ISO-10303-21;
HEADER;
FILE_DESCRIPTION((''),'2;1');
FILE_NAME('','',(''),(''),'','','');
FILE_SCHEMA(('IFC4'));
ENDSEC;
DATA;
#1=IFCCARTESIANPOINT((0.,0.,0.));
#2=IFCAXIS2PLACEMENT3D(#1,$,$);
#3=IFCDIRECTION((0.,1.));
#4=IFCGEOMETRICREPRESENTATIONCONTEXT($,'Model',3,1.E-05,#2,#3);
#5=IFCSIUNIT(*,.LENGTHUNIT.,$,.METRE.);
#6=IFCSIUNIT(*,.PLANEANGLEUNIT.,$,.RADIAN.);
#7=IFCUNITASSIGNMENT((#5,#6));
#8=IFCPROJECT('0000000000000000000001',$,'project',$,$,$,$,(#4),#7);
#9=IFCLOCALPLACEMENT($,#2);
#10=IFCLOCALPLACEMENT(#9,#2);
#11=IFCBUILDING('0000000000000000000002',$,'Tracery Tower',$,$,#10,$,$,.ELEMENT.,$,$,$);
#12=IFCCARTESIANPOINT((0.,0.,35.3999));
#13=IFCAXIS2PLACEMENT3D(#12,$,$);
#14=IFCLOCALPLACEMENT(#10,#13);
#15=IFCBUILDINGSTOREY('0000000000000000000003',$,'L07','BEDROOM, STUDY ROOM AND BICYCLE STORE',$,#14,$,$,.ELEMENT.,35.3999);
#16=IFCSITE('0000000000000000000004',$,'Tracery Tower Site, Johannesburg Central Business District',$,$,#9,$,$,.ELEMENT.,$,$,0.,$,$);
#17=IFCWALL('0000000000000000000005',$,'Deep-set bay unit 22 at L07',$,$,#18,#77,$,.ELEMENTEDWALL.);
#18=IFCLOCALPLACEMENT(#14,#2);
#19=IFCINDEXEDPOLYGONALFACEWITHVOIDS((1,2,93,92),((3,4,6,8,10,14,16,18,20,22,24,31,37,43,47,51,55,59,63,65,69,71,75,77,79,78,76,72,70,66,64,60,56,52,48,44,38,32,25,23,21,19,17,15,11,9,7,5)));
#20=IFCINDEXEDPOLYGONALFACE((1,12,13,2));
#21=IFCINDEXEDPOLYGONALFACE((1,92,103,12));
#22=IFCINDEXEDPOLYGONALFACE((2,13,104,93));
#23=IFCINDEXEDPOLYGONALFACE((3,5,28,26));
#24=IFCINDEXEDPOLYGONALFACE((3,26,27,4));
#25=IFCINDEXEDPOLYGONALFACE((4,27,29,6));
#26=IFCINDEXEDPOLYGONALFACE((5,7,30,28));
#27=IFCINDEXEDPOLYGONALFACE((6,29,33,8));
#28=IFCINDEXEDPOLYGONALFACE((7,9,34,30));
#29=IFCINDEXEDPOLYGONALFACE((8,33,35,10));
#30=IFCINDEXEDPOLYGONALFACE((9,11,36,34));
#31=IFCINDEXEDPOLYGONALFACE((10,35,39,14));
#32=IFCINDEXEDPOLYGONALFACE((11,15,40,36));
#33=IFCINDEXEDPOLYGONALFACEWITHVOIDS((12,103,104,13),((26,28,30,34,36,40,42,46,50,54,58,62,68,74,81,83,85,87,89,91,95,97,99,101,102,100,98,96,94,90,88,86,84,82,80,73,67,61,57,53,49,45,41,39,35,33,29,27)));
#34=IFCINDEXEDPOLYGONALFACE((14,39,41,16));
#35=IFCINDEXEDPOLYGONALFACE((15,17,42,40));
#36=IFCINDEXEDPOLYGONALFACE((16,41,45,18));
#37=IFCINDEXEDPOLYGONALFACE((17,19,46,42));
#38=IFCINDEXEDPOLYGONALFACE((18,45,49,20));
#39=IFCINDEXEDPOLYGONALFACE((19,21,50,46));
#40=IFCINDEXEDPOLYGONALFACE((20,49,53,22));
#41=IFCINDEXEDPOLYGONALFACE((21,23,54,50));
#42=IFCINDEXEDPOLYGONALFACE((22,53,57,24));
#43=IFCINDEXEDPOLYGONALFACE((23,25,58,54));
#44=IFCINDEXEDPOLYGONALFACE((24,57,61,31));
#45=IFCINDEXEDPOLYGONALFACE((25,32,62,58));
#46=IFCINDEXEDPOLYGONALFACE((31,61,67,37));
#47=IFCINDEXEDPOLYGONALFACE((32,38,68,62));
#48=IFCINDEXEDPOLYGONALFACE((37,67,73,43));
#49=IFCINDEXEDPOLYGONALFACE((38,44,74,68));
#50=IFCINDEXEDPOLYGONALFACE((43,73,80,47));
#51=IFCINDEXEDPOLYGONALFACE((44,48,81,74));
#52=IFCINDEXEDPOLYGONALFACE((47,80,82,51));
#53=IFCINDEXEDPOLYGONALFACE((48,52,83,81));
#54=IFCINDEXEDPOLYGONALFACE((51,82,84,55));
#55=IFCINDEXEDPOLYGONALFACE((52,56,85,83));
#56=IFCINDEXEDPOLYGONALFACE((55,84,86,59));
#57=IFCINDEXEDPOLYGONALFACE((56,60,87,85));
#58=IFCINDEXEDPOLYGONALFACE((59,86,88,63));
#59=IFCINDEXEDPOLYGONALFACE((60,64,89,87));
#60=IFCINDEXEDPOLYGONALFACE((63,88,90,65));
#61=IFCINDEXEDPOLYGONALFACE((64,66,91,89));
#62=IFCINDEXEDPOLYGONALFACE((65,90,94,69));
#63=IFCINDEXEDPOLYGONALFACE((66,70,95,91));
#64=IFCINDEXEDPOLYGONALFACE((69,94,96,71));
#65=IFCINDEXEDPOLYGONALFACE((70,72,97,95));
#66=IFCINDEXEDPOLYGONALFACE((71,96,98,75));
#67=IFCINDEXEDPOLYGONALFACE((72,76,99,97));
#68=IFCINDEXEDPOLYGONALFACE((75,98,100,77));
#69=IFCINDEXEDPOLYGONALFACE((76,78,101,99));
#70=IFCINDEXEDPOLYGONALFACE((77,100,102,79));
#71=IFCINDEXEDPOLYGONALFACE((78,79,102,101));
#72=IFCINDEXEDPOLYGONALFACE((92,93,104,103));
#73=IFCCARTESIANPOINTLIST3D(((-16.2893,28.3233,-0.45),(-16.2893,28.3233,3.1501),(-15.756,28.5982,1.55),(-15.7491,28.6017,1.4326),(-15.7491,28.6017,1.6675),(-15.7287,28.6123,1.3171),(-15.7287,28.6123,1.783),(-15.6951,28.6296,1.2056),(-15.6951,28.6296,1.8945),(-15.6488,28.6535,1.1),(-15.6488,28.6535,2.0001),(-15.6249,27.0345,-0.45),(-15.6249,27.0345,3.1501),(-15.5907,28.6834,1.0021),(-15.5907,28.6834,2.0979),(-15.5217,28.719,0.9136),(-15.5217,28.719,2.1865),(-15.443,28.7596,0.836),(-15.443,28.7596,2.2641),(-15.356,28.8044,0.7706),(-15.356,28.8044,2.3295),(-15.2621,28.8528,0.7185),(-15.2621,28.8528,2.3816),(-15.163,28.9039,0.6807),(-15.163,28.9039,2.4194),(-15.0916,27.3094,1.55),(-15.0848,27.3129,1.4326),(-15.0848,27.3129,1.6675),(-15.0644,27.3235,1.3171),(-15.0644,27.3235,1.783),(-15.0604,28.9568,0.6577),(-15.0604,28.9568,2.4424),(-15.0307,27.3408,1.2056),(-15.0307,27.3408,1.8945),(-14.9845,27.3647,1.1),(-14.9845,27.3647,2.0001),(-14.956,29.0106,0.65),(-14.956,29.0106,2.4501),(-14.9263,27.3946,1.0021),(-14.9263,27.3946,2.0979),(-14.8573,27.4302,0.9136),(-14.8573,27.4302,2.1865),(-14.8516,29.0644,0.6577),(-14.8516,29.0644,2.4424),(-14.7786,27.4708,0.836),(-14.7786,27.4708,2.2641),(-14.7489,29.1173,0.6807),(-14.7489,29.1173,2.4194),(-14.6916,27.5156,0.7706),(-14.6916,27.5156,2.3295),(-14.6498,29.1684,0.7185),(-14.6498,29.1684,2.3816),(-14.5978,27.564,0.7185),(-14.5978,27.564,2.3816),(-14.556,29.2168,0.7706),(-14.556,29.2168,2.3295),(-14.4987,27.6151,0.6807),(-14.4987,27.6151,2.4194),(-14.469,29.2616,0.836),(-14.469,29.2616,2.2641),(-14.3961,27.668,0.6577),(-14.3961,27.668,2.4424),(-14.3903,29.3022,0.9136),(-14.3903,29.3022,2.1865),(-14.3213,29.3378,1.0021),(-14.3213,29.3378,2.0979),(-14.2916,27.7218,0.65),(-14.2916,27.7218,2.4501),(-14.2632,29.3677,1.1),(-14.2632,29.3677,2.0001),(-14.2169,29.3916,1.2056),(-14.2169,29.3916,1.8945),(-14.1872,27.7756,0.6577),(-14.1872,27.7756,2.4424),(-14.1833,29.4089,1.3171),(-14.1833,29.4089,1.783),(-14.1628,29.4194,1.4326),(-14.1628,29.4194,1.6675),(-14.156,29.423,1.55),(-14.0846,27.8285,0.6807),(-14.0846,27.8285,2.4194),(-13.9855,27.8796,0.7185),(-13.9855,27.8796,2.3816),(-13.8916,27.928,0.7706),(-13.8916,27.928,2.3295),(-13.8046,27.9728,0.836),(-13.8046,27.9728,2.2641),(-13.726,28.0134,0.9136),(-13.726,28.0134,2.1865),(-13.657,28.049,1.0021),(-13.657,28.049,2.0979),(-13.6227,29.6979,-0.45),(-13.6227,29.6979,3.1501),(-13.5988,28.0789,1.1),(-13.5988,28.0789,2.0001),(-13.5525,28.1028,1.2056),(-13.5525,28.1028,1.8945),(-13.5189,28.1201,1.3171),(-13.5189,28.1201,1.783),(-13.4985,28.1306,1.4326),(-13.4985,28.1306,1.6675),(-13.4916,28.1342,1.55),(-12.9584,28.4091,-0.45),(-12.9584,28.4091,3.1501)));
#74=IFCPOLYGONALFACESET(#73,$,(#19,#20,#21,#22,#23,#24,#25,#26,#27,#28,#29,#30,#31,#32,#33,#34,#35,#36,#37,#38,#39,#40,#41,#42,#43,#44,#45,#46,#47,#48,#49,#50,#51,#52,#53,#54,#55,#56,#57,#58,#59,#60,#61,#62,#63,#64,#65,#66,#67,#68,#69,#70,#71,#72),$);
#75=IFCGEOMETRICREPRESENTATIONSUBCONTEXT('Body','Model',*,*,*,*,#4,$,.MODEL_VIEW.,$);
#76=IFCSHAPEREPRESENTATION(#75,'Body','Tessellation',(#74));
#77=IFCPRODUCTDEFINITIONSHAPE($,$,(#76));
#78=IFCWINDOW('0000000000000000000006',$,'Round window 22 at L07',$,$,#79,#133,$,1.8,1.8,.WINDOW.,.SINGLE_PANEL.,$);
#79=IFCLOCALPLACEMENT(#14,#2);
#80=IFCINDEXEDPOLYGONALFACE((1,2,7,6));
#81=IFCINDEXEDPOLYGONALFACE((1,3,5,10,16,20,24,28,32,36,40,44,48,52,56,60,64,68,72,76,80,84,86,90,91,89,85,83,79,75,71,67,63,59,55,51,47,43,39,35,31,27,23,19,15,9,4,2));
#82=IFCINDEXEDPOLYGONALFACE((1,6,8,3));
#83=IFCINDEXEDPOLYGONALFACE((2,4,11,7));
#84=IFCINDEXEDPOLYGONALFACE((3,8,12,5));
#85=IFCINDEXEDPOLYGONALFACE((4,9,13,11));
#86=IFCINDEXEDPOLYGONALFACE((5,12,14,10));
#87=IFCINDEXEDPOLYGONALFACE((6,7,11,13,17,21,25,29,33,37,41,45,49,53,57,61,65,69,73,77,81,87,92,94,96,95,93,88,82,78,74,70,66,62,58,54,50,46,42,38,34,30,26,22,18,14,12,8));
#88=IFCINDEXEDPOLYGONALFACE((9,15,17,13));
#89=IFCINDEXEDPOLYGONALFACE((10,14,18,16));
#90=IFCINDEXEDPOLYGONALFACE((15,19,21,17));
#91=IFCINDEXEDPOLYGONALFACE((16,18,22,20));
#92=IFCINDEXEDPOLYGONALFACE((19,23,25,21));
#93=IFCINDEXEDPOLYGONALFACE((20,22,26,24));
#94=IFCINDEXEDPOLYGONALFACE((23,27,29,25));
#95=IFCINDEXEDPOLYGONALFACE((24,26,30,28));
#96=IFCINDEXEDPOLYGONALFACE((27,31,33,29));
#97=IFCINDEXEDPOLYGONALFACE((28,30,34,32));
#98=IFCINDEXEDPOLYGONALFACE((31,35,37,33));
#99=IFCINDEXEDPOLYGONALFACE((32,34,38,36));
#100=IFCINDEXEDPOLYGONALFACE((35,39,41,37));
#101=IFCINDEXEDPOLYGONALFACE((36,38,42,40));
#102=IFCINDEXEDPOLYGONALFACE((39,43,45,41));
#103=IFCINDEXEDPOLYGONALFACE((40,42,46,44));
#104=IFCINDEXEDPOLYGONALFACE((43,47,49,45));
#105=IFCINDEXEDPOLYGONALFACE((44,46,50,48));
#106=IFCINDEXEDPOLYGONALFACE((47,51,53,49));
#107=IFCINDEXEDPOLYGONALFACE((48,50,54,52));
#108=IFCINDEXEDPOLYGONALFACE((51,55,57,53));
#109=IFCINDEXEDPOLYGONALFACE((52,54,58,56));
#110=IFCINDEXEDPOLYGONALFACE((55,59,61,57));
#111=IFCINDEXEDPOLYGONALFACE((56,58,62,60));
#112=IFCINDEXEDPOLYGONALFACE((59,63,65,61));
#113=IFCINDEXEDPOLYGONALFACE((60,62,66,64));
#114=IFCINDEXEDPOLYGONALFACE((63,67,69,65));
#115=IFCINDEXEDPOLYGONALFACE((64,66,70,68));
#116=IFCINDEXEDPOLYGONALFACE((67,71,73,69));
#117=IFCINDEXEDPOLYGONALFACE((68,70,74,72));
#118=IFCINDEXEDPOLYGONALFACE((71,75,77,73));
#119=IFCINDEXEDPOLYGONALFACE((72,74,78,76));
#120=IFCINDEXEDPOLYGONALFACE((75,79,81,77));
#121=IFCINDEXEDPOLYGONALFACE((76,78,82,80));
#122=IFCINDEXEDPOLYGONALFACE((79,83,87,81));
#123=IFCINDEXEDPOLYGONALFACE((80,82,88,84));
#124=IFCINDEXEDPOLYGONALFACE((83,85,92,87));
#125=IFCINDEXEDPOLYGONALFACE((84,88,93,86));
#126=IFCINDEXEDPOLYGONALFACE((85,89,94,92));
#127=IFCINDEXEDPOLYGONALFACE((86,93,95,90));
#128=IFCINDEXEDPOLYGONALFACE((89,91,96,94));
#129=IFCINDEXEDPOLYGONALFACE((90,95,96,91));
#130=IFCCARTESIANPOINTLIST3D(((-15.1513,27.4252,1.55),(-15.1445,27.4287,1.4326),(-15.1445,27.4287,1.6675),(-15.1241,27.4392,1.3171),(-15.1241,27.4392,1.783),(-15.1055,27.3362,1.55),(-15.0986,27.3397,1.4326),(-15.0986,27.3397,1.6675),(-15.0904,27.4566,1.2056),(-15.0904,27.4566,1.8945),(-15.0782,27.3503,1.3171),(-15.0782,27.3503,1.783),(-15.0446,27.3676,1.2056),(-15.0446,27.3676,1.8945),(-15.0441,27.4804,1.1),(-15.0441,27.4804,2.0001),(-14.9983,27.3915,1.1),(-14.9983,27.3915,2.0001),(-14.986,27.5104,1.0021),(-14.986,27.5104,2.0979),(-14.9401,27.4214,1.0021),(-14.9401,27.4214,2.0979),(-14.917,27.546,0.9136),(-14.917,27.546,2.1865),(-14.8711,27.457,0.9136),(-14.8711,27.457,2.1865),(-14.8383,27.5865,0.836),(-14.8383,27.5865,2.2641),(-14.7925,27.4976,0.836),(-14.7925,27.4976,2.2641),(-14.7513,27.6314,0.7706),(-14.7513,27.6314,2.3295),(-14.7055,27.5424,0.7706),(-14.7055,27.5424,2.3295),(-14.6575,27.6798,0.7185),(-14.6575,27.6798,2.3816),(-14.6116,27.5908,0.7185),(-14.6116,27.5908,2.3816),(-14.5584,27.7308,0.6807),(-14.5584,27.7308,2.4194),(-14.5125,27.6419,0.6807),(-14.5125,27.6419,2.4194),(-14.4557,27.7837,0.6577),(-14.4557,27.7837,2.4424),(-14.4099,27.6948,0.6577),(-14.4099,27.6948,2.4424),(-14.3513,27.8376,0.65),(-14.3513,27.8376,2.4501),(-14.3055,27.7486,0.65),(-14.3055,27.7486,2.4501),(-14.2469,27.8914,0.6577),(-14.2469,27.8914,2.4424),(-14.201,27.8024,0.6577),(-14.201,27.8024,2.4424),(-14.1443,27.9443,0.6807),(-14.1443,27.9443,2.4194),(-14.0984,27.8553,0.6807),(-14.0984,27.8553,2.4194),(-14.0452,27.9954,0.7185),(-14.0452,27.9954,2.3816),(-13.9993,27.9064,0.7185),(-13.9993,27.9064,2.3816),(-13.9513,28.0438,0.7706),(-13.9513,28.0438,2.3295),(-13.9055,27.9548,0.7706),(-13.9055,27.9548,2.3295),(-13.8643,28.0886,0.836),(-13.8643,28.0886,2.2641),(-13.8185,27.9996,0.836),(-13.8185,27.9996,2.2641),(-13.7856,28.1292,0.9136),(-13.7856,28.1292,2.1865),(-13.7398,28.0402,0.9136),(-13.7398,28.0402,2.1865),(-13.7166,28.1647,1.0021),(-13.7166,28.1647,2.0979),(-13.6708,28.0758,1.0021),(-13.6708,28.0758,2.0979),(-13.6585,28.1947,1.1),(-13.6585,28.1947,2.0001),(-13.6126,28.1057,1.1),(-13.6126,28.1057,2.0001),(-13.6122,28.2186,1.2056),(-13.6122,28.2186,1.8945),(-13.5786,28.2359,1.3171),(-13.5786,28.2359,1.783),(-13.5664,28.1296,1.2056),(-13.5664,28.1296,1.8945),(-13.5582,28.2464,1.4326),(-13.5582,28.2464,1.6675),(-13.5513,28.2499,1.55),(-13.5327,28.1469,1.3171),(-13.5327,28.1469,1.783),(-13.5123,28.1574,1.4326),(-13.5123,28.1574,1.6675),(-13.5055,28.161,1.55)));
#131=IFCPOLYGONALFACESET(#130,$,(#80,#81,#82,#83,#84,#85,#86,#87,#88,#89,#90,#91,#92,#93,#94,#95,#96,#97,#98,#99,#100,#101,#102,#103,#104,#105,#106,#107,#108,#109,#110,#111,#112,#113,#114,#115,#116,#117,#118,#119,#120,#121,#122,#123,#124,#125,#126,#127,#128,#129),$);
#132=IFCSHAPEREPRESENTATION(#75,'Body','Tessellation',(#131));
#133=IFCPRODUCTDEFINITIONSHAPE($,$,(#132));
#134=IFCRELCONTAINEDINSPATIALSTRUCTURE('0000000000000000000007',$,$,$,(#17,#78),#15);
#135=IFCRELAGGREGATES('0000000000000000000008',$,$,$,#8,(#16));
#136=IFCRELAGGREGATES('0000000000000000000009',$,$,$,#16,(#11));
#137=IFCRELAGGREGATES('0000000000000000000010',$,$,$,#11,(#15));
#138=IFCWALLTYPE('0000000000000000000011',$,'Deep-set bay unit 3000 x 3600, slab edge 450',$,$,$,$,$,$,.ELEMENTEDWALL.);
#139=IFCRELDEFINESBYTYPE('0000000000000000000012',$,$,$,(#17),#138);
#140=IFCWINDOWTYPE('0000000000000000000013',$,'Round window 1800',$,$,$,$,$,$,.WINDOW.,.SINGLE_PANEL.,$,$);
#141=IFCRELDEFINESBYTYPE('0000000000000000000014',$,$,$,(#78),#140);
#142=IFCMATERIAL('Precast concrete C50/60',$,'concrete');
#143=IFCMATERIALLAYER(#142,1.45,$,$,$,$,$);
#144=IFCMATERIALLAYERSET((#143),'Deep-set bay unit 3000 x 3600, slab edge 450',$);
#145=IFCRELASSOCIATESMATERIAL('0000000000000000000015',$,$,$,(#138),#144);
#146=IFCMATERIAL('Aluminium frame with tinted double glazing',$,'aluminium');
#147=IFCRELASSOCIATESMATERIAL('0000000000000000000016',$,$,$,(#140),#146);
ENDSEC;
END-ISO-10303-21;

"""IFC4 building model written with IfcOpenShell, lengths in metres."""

from ifc_helpers import new_model, si_unit, direction, frame, frame_2d, origin, origin_2d, place, context, subcontext, project, spatial, rectangle, circle, extrude, material, layer, layer_set, type_object, element, fill, save


model = new_model("IFC4")

# Units and contexts
model_context = context("Model", 3, precision=1e-05, world=origin(), true_north=direction((0.0, 1.0)))
body_context = subcontext(model_context, "Body", "Model", "MODEL_VIEW")
ifc_project = project(units=[si_unit("LENGTHUNIT", "METRE"), si_unit("PLANEANGLEUNIT", "RADIAN")], contexts=[model_context])

# Site, building, storey
site_placement = place(None, origin())
site = spatial("IfcSite", under=ifc_project, at=site_placement, Name="Tracery Tower Site, Johannesburg Central Business District", CompositionType="ELEMENT", RefElevation=0.0)
building_placement = place(site_placement, origin())
building = spatial("IfcBuilding", under=site, at=building_placement, Name="Tracery Tower", CompositionType="ELEMENT")
storey_placement = place(building_placement, frame((0.0, 0.0, 35.3999)))
storey = spatial("IfcBuildingStorey", under=building, at=storey_placement, Name="L07", Description="BEDROOM, STUDY ROOM AND BICYCLE STORE", CompositionType="ELEMENT", Elevation=35.3999)

# Wall, opening, window
ifc_material_1 = material(Name="Precast concrete C50/60", Category="concrete")
ifc_layer_1 = layer(ifc_material_1, 1.45)
ifc_layer_set_1 = layer_set([ifc_layer_1], Name="Deep-set bay unit 3000 x 3600, slab edge 450")
wall_type_1 = type_object("IfcWallType", Name="Deep-set bay unit 3000 x 3600, slab edge 450", PredefinedType="ELEMENTEDWALL", material=ifc_layer_set_1)
ifc_material_2 = material(Name="Aluminium frame with tinted double glazing", Category="aluminium")
window_type = type_object("IfcWindowType", Name="Round window 1800", PartitioningType="SINGLE_PANEL", PredefinedType="WINDOW", material=ifc_material_2)
wall_1_placement = place(storey_placement, frame((-13.2905, 29.0535, -0.45), z_axis=(0.0, 0.0, 1.0), x_axis=(-0.888858, -0.458183, 0.0)))
wall_1 = element("IfcWall", 1, at=wall_1_placement, inside=storey, type_object=wall_type_1, Name="Deep-set bay unit 22 at L07", PredefinedType="ELEMENTEDWALL", context=body_context, shape_type="SweptSolid", body=[
    extrude(rectangle(XDim=3.0, YDim=1.45, at=frame_2d((1.5, 0.0))), origin(), (0.0, 0.0, 1.0), 3.6001),
])
opening_1_placement = place(wall_1_placement, frame((1.5, 0.0, 2.0)))
opening_1 = element("IfcOpeningElement", 2, at=opening_1_placement, cuts=wall_1, PredefinedType="OPENING", context=body_context, shape_type="SweptSolid", body=[
    extrude(circle(Radius=0.9, at=origin_2d()), frame((0.0, 0.7349, 0.0), z_axis=(0.0, -1.0, 0.0), x_axis=(1.0, 0.0, 0.0)), (0.0, 0.0, 1.0), 1.47),
])
window_1_placement = place(opening_1_placement, origin())
window_1 = element("IfcWindow", 3, at=window_1_placement, inside=storey, type_object=window_type, Name="Round window 22 at L07", OverallHeight=1.8, OverallWidth=1.8, PartitioningType="SINGLE_PANEL", PredefinedType="WINDOW", context=body_context, shape_type="SweptSolid", body=[
    extrude(circle(Radius=0.9, at=origin_2d()), frame((0.0, 0.6948, 0.0), z_axis=(0.0, -1.0, 0.0), x_axis=(1.0, 0.0, 0.0)), (0.0, 0.0, 1.0), 0.1001),
])
fill(opening_1, window_1)

save(model, "model.ifc")
